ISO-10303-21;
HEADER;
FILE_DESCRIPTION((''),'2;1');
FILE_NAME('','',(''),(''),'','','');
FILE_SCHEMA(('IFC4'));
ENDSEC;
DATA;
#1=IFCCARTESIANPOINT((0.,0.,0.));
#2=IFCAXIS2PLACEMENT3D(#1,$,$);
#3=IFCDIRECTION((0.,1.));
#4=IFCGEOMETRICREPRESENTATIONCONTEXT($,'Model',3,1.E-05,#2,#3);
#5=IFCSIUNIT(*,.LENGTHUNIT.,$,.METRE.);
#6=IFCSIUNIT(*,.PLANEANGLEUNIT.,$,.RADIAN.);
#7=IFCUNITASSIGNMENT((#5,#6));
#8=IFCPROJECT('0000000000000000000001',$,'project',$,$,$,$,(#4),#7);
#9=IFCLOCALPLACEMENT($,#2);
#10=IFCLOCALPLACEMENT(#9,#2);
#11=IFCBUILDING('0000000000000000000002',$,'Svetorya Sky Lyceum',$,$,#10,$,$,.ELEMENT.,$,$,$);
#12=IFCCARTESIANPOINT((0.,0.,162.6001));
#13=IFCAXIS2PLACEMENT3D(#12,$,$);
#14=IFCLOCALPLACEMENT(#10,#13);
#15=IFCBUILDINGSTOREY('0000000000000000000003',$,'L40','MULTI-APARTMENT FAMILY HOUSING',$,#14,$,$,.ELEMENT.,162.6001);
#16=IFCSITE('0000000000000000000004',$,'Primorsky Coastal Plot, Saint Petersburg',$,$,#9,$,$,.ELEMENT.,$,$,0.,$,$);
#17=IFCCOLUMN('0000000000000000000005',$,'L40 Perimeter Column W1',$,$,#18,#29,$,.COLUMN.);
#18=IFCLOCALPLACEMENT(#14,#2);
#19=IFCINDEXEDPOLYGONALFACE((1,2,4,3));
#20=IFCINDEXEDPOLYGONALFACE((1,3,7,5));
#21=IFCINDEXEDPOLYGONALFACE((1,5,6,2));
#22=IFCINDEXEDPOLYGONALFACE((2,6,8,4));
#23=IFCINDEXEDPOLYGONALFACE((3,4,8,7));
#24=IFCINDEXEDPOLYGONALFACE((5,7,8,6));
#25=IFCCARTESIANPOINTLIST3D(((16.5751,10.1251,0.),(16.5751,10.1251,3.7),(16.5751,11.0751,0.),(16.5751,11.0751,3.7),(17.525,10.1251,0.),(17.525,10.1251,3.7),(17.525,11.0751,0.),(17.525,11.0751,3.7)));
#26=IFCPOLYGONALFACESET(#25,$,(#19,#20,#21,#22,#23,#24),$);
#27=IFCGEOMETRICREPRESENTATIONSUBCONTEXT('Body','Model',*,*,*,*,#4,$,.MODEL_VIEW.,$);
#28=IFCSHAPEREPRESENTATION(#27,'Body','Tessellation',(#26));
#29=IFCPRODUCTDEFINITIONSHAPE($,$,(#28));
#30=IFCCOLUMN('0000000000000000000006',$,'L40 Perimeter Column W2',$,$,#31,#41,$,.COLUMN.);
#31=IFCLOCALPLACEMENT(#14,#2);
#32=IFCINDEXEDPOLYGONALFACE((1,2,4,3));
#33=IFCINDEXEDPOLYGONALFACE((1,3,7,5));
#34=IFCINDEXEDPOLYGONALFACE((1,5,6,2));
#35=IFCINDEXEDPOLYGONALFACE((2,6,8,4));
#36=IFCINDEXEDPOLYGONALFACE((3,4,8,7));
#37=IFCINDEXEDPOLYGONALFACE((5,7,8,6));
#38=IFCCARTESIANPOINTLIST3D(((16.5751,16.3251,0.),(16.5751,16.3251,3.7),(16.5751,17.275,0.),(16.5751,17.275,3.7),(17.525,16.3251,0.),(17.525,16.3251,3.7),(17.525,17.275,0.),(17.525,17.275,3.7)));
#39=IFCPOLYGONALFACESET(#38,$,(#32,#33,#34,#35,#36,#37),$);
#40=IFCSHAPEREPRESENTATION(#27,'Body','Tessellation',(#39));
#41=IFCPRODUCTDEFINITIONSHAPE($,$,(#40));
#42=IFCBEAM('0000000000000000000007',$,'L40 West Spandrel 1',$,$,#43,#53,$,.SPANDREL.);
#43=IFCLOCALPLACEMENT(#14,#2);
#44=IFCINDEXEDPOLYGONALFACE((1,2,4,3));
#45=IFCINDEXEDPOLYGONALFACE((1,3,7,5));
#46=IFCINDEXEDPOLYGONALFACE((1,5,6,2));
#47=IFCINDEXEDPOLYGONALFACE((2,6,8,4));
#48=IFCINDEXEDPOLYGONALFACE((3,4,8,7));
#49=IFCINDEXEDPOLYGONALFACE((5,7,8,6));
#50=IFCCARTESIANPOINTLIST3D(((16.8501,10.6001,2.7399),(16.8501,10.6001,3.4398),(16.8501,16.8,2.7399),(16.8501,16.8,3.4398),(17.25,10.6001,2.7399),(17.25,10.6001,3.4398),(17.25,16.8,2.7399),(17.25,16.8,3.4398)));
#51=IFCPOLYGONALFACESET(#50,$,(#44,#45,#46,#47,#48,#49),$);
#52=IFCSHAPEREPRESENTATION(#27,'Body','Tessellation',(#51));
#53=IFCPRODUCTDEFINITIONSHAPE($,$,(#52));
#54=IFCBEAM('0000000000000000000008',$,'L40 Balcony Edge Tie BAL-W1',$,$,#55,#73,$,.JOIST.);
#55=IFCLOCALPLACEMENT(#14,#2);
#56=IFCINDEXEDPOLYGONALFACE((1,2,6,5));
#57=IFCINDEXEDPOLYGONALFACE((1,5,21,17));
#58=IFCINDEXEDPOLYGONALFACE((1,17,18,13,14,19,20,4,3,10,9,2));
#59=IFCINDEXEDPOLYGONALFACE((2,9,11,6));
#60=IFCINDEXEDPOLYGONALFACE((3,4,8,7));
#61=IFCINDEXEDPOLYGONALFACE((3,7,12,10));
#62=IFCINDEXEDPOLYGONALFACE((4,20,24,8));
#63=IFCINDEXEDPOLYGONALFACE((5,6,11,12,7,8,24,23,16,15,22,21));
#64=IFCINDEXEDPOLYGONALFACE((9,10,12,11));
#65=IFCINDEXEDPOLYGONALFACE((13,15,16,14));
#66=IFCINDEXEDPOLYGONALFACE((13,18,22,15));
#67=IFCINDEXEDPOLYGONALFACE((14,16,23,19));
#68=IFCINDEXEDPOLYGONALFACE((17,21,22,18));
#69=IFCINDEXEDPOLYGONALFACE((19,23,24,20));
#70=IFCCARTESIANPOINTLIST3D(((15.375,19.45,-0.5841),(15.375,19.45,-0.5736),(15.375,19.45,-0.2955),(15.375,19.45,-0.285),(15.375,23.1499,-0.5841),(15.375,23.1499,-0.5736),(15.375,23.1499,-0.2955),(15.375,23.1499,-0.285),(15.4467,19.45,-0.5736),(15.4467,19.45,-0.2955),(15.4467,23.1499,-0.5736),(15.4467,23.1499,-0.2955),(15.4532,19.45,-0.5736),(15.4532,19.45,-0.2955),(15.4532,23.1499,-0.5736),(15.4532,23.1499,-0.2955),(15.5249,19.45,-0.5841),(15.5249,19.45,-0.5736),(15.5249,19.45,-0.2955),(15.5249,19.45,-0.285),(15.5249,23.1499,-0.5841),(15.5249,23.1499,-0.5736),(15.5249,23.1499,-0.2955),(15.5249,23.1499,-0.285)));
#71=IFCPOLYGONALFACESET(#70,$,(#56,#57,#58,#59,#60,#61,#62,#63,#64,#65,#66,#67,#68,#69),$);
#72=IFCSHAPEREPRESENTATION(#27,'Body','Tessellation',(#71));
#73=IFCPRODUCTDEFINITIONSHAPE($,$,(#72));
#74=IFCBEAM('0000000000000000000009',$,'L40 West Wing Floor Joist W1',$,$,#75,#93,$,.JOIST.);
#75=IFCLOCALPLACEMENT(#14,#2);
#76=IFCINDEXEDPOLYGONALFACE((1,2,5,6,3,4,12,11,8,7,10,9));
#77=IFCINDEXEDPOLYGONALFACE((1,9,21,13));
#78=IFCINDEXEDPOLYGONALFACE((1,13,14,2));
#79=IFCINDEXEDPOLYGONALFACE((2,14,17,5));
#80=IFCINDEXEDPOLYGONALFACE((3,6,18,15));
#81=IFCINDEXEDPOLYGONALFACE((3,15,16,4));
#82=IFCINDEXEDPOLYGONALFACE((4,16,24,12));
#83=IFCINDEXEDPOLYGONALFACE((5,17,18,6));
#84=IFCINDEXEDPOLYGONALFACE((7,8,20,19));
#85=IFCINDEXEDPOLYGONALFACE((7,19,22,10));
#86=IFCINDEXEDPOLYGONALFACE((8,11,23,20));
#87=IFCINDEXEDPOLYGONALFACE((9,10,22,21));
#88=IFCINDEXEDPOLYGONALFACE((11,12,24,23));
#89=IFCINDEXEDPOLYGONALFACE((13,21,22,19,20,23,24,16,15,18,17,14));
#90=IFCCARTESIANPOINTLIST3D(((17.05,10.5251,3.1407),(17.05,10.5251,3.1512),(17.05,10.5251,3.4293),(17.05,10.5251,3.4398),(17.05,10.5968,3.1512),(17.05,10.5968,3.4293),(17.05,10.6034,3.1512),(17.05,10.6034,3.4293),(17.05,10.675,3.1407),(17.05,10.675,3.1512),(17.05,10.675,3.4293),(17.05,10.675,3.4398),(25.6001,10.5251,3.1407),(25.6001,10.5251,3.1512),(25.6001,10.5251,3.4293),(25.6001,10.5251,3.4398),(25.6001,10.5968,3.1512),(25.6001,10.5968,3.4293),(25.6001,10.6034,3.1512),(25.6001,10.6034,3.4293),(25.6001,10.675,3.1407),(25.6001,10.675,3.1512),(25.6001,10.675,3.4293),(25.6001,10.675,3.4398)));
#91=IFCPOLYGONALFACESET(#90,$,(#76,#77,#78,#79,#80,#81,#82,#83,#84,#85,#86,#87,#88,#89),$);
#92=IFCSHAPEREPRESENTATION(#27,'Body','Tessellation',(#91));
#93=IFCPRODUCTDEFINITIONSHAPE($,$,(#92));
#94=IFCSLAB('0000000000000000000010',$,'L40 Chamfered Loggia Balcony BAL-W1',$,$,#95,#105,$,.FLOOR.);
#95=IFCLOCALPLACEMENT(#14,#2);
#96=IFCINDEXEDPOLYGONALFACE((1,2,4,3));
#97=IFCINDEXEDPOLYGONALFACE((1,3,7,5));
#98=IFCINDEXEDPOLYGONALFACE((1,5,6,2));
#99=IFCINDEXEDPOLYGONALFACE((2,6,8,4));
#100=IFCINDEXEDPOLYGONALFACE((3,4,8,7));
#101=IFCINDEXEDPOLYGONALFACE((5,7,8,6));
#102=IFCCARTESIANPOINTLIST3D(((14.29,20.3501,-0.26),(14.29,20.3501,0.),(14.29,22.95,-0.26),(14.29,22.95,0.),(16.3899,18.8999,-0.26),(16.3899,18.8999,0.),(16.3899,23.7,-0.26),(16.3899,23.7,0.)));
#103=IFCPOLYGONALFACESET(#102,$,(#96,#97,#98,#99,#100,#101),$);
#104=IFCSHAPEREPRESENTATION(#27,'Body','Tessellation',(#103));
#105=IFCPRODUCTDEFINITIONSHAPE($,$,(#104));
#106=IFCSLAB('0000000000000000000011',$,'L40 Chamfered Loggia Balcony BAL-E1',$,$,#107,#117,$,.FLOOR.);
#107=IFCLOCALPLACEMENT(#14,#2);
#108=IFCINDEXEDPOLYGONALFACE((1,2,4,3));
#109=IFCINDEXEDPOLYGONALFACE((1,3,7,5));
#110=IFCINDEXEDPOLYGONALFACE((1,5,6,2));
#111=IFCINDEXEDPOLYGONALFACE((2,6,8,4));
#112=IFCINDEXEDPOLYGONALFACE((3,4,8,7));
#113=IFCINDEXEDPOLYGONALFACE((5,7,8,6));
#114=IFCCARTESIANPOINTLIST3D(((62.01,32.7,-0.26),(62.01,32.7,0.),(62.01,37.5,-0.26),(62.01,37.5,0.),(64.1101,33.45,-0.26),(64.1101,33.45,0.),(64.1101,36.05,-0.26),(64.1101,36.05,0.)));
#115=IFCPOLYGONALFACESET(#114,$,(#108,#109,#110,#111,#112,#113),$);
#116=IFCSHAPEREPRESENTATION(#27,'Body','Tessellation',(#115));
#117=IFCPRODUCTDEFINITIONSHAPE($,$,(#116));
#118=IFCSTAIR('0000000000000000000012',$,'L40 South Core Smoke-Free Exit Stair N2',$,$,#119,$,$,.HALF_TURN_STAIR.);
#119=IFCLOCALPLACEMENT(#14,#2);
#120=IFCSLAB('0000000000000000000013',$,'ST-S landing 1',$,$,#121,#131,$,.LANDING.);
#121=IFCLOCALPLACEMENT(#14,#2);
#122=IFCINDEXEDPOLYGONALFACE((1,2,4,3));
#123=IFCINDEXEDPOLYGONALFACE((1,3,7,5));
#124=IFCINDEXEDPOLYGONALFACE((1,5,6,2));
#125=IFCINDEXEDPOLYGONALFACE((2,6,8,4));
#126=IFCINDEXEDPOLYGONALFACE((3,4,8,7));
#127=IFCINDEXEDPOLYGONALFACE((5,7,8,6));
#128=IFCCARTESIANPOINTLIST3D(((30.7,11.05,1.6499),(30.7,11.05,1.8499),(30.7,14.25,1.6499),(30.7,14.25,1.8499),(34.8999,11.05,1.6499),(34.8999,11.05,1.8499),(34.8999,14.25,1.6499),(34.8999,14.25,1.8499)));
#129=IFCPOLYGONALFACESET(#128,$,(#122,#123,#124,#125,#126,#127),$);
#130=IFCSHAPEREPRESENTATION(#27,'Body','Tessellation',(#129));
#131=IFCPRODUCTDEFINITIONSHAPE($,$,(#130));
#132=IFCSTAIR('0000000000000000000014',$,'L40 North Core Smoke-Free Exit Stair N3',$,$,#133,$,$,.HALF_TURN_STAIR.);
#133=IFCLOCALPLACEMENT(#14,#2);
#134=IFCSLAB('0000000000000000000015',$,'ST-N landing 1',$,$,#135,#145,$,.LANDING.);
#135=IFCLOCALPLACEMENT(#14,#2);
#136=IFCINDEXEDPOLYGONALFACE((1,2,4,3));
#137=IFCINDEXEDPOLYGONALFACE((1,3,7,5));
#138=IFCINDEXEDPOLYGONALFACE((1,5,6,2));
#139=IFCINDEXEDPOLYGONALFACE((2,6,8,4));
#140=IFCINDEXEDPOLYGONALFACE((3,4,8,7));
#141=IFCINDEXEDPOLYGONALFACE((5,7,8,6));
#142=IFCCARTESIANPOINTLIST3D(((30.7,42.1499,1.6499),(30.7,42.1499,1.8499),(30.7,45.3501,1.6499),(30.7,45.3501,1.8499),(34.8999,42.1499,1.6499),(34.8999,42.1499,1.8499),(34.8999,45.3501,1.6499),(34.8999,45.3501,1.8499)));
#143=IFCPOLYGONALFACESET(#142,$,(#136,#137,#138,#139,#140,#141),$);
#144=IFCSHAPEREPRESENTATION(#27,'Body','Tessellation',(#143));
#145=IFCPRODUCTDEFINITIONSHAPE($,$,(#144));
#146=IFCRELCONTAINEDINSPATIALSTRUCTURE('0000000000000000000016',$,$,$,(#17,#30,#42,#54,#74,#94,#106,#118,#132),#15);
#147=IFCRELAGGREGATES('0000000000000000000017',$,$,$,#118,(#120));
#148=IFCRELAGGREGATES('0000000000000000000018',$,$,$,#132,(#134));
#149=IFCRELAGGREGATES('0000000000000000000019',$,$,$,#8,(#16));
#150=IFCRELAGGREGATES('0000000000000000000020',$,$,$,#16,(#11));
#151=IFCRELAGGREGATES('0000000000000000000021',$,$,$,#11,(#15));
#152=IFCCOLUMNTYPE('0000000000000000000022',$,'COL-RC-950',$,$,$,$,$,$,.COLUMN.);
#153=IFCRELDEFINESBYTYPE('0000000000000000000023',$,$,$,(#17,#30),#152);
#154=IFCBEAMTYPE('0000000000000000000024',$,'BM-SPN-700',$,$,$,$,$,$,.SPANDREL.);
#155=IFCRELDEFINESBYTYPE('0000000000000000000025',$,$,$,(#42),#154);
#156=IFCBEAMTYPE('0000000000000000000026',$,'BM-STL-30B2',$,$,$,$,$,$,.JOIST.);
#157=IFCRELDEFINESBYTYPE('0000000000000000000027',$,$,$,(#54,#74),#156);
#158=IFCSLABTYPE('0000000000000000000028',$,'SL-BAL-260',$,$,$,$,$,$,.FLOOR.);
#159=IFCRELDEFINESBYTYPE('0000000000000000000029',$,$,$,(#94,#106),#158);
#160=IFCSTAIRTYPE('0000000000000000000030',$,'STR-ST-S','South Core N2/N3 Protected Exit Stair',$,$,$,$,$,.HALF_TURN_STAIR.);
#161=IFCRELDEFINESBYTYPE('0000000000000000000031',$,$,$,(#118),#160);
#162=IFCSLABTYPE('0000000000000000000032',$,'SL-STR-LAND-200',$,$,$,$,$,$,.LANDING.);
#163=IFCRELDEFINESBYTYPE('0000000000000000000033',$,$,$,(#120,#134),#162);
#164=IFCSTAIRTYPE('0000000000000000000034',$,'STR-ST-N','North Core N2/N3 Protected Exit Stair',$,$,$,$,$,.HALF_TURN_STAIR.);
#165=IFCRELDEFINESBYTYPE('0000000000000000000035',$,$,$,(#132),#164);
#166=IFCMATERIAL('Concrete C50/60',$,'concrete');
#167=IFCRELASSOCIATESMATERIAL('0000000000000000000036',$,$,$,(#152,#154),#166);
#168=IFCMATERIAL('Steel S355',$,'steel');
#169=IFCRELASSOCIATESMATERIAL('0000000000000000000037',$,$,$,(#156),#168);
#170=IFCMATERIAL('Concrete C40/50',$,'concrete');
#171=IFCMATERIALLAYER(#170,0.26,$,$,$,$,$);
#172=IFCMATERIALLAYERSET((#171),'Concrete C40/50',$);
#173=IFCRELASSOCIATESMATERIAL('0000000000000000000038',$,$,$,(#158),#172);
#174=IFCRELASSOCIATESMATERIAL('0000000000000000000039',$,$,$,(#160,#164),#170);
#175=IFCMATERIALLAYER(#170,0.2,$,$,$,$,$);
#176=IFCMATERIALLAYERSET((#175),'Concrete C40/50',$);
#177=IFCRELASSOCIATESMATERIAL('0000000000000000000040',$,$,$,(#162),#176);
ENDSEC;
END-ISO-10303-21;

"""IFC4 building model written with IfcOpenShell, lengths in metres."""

from ifc_helpers import new_model, si_unit, direction, frame, origin, origin_2d, place, context, subcontext, project, spatial, polyline, rectangle, i_section, outline, extrude, material, layer, layer_set, material_profile, profile_set, type_object, element, aggregate, save


model = new_model("IFC4")

# Units and contexts
model_context = context("Model", 3, precision=1e-05, world=origin(), true_north=direction((0.0, 1.0)))
body_context = subcontext(model_context, "Body", "Model", "MODEL_VIEW")
ifc_project = project(units=[si_unit("LENGTHUNIT", "METRE"), si_unit("PLANEANGLEUNIT", "RADIAN")], contexts=[model_context])

# Site, building, storey
site_placement = place(None, origin())
site = spatial("IfcSite", under=ifc_project, at=site_placement, Name="Primorsky Coastal Plot, Saint Petersburg", CompositionType="ELEMENT", RefElevation=0.0)
building_placement = place(site_placement, origin())
building = spatial("IfcBuilding", under=site, at=building_placement, Name="Svetorya Sky Lyceum", CompositionType="ELEMENT")
storey_placement = place(building_placement, frame((0.0, 0.0, 162.6001)))
storey = spatial("IfcBuildingStorey", under=building, at=storey_placement, Name="L40", Description="MULTI-APARTMENT FAMILY HOUSING", CompositionType="ELEMENT", Elevation=162.6001)

# Columns
ifc_material_1 = material(Name="Concrete C50/60", Category="concrete")
ifc_material_profile_1 = material_profile(ifc_material_1, rectangle(XDim=0.95, YDim=0.95, at=origin_2d()), Name="RC COL 950x950")
ifc_profile_set_1 = profile_set([ifc_material_profile_1], Name="Concrete C50/60")
column_type = type_object("IfcColumnType", Name="COL-RC-950", PredefinedType="COLUMN", material=ifc_profile_set_1)
for number, where, z_axis, x_axis, name in (
    (1, (17.05, 10.6001, 0.0), (0.0, 0.0, 1.0), (1.0, 0.0, 0.0), "L40 Perimeter Column W1"),
    (2, (17.05, 16.8, 0.0), (0.0, 0.0, 1.0), (1.0, 0.0, 0.0), "L40 Perimeter Column W2"),
):
    element("IfcColumn", number, at=place(storey_placement, frame(where, z_axis=z_axis, x_axis=x_axis)), inside=storey, type_object=column_type, Name=name, PredefinedType="COLUMN", context=body_context, shape_type="SweptSolid", body=[
        extrude(rectangle(XDim=0.95, YDim=0.95, at=origin_2d()), origin(), (0.0, 0.0, 1.0), 3.7),
    ])

# Beams
ifc_material_profile_2 = material_profile(ifc_material_1, rectangle(XDim=0.3999, YDim=0.7, at=origin_2d()), Name="RC SPANDREL 400x700")
ifc_profile_set_2 = profile_set([ifc_material_profile_2], Name="Concrete C50/60")
beam_type_1 = type_object("IfcBeamType", Name="BM-SPN-700", PredefinedType="SPANDREL", material=ifc_profile_set_2)
beam_1_placement = place(storey_placement, frame((17.05, 10.6001, 3.0898), z_axis=(0.0, 1.0, 0.0), x_axis=(-1.0, 0.0, 0.0)))
element("IfcBeam", 3, at=beam_1_placement, inside=storey, type_object=beam_type_1, Name="L40 West Spandrel 1", PredefinedType="SPANDREL", context=body_context, shape_type="SweptSolid", body=[
    extrude(rectangle(XDim=0.3999, YDim=0.7, at=origin_2d()), origin(), (0.0, 0.0, 1.0), 6.2),
])
ifc_material_2 = material(Name="Steel S355", Category="steel")
ifc_material_profile_3 = material_profile(ifc_material_2, i_section(OverallWidth=0.1499, OverallDepth=0.2991, WebThickness=0.0066, FlangeThickness=0.0105, at=origin_2d()), Name="GOST 30B2")
ifc_profile_set_3 = profile_set([ifc_material_profile_3], Name="Steel S355")
beam_type_2 = type_object("IfcBeamType", Name="BM-STL-30B2", PredefinedType="JOIST", material=ifc_profile_set_3)
beam_2_placement = place(storey_placement, frame((15.45, 19.45, -0.4346), z_axis=(0.0, 1.0, 0.0), x_axis=(-1.0, 0.0, 0.0)))
element("IfcBeam", 4, at=beam_2_placement, inside=storey, type_object=beam_type_2, Name="L40 Balcony Edge Tie BAL-W1", PredefinedType="JOIST", context=body_context, shape_type="SweptSolid", body=[
    extrude(i_section(OverallWidth=0.1499, OverallDepth=0.2991, WebThickness=0.0066, FlangeThickness=0.0105, at=origin_2d()), origin(), (0.0, 0.0, 1.0), 3.7),
])
beam_3_placement = place(storey_placement, frame((17.05, 10.6001, 3.2903), z_axis=(1.0, 0.0, 0.0), x_axis=(0.0, 1.0, 0.0)))
element("IfcBeam", 5, at=beam_3_placement, inside=storey, type_object=beam_type_2, Name="L40 West Wing Floor Joist W1", PredefinedType="JOIST", context=body_context, shape_type="SweptSolid", body=[
    extrude(i_section(OverallWidth=0.1499, OverallDepth=0.2991, WebThickness=0.0066, FlangeThickness=0.0105, at=origin_2d()), origin(), (0.0, 0.0, 1.0), 8.55),
])

# Slabs
ifc_material_3 = material(Name="Concrete C40/50", Category="concrete")
ifc_layer_1 = layer(ifc_material_3, 0.26)
ifc_layer_set_1 = layer_set([ifc_layer_1], Name="Concrete C40/50")
slab_type_1 = type_object("IfcSlabType", Name="SL-BAL-260", PredefinedType="FLOOR", material=ifc_layer_set_1)
slab_1_placement = place(storey_placement, frame((0.0, 0.0, -0.26)))
element("IfcSlab", 6, at=slab_1_placement, inside=storey, type_object=slab_type_1, Name="L40 Chamfered Loggia Balcony BAL-W1", PredefinedType="FLOOR", context=body_context, shape_type="SweptSolid", body=[
    extrude(outline(polyline([(16.3899, 18.8999), (16.3899, 23.7), (14.29, 22.95), (14.29, 20.3501), (16.3899, 18.8999)])), origin(), (0.0, 0.0, 1.0), 0.26),
])
slab_2_placement = place(storey_placement, frame((0.0, 0.0, -0.26)))
element("IfcSlab", 7, at=slab_2_placement, inside=storey, type_object=slab_type_1, Name="L40 Chamfered Loggia Balcony BAL-E1", PredefinedType="FLOOR", context=body_context, shape_type="SweptSolid", body=[
    extrude(outline(polyline([(62.01, 32.7), (64.1101, 33.45), (64.1101, 36.05), (62.01, 37.5), (62.01, 32.7)])), origin(), (0.0, 0.0, 1.0), 0.26),
])

# Stairs, slabs
stair_type_1 = type_object("IfcStairType", Name="STR-ST-S", Description="South Core N2/N3 Protected Exit Stair", PredefinedType="HALF_TURN_STAIR", material=ifc_material_3)
stair_1_placement = place(storey_placement, origin())
stair_1 = element("IfcStair", 8, at=stair_1_placement, inside=storey, type_object=stair_type_1, Name="L40 South Core Smoke-Free Exit Stair N2", PredefinedType="HALF_TURN_STAIR")
ifc_layer_2 = layer(ifc_material_3, 0.2)
ifc_layer_set_2 = layer_set([ifc_layer_2], Name="Concrete C40/50")
slab_type_2 = type_object("IfcSlabType", Name="SL-STR-LAND-200", PredefinedType="LANDING", material=ifc_layer_set_2)
slab_3_placement = place(storey_placement, frame((0.0, 0.0, 1.6499)))
slab_3 = element("IfcSlab", 9, at=slab_3_placement, type_object=slab_type_2, Name="ST-S landing 1", PredefinedType="LANDING", context=body_context, shape_type="SweptSolid", body=[
    extrude(outline(polyline([(30.7, 11.05), (34.8999, 11.05), (34.8999, 14.25), (30.7, 14.25), (30.7, 11.05)])), origin(), (0.0, 0.0, 1.0), 0.2),
])
aggregate(stair_1, [slab_3])
stair_type_2 = type_object("IfcStairType", Name="STR-ST-N", Description="North Core N2/N3 Protected Exit Stair", PredefinedType="HALF_TURN_STAIR", material=ifc_material_3)
stair_2_placement = place(storey_placement, origin())
stair_2 = element("IfcStair", 10, at=stair_2_placement, inside=storey, type_object=stair_type_2, Name="L40 North Core Smoke-Free Exit Stair N3", PredefinedType="HALF_TURN_STAIR")
slab_4_placement = place(storey_placement, frame((0.0, 0.0, 1.6499)))
slab_4 = element("IfcSlab", 11, at=slab_4_placement, type_object=slab_type_2, Name="ST-N landing 1", PredefinedType="LANDING", context=body_context, shape_type="SweptSolid", body=[
    extrude(outline(polyline([(30.7, 42.1499), (34.8999, 42.1499), (34.8999, 45.3501), (30.7, 45.3501), (30.7, 42.1499)])), origin(), (0.0, 0.0, 1.0), 0.2),
])
aggregate(stair_2, [slab_4])

save(model, "model.ifc")
